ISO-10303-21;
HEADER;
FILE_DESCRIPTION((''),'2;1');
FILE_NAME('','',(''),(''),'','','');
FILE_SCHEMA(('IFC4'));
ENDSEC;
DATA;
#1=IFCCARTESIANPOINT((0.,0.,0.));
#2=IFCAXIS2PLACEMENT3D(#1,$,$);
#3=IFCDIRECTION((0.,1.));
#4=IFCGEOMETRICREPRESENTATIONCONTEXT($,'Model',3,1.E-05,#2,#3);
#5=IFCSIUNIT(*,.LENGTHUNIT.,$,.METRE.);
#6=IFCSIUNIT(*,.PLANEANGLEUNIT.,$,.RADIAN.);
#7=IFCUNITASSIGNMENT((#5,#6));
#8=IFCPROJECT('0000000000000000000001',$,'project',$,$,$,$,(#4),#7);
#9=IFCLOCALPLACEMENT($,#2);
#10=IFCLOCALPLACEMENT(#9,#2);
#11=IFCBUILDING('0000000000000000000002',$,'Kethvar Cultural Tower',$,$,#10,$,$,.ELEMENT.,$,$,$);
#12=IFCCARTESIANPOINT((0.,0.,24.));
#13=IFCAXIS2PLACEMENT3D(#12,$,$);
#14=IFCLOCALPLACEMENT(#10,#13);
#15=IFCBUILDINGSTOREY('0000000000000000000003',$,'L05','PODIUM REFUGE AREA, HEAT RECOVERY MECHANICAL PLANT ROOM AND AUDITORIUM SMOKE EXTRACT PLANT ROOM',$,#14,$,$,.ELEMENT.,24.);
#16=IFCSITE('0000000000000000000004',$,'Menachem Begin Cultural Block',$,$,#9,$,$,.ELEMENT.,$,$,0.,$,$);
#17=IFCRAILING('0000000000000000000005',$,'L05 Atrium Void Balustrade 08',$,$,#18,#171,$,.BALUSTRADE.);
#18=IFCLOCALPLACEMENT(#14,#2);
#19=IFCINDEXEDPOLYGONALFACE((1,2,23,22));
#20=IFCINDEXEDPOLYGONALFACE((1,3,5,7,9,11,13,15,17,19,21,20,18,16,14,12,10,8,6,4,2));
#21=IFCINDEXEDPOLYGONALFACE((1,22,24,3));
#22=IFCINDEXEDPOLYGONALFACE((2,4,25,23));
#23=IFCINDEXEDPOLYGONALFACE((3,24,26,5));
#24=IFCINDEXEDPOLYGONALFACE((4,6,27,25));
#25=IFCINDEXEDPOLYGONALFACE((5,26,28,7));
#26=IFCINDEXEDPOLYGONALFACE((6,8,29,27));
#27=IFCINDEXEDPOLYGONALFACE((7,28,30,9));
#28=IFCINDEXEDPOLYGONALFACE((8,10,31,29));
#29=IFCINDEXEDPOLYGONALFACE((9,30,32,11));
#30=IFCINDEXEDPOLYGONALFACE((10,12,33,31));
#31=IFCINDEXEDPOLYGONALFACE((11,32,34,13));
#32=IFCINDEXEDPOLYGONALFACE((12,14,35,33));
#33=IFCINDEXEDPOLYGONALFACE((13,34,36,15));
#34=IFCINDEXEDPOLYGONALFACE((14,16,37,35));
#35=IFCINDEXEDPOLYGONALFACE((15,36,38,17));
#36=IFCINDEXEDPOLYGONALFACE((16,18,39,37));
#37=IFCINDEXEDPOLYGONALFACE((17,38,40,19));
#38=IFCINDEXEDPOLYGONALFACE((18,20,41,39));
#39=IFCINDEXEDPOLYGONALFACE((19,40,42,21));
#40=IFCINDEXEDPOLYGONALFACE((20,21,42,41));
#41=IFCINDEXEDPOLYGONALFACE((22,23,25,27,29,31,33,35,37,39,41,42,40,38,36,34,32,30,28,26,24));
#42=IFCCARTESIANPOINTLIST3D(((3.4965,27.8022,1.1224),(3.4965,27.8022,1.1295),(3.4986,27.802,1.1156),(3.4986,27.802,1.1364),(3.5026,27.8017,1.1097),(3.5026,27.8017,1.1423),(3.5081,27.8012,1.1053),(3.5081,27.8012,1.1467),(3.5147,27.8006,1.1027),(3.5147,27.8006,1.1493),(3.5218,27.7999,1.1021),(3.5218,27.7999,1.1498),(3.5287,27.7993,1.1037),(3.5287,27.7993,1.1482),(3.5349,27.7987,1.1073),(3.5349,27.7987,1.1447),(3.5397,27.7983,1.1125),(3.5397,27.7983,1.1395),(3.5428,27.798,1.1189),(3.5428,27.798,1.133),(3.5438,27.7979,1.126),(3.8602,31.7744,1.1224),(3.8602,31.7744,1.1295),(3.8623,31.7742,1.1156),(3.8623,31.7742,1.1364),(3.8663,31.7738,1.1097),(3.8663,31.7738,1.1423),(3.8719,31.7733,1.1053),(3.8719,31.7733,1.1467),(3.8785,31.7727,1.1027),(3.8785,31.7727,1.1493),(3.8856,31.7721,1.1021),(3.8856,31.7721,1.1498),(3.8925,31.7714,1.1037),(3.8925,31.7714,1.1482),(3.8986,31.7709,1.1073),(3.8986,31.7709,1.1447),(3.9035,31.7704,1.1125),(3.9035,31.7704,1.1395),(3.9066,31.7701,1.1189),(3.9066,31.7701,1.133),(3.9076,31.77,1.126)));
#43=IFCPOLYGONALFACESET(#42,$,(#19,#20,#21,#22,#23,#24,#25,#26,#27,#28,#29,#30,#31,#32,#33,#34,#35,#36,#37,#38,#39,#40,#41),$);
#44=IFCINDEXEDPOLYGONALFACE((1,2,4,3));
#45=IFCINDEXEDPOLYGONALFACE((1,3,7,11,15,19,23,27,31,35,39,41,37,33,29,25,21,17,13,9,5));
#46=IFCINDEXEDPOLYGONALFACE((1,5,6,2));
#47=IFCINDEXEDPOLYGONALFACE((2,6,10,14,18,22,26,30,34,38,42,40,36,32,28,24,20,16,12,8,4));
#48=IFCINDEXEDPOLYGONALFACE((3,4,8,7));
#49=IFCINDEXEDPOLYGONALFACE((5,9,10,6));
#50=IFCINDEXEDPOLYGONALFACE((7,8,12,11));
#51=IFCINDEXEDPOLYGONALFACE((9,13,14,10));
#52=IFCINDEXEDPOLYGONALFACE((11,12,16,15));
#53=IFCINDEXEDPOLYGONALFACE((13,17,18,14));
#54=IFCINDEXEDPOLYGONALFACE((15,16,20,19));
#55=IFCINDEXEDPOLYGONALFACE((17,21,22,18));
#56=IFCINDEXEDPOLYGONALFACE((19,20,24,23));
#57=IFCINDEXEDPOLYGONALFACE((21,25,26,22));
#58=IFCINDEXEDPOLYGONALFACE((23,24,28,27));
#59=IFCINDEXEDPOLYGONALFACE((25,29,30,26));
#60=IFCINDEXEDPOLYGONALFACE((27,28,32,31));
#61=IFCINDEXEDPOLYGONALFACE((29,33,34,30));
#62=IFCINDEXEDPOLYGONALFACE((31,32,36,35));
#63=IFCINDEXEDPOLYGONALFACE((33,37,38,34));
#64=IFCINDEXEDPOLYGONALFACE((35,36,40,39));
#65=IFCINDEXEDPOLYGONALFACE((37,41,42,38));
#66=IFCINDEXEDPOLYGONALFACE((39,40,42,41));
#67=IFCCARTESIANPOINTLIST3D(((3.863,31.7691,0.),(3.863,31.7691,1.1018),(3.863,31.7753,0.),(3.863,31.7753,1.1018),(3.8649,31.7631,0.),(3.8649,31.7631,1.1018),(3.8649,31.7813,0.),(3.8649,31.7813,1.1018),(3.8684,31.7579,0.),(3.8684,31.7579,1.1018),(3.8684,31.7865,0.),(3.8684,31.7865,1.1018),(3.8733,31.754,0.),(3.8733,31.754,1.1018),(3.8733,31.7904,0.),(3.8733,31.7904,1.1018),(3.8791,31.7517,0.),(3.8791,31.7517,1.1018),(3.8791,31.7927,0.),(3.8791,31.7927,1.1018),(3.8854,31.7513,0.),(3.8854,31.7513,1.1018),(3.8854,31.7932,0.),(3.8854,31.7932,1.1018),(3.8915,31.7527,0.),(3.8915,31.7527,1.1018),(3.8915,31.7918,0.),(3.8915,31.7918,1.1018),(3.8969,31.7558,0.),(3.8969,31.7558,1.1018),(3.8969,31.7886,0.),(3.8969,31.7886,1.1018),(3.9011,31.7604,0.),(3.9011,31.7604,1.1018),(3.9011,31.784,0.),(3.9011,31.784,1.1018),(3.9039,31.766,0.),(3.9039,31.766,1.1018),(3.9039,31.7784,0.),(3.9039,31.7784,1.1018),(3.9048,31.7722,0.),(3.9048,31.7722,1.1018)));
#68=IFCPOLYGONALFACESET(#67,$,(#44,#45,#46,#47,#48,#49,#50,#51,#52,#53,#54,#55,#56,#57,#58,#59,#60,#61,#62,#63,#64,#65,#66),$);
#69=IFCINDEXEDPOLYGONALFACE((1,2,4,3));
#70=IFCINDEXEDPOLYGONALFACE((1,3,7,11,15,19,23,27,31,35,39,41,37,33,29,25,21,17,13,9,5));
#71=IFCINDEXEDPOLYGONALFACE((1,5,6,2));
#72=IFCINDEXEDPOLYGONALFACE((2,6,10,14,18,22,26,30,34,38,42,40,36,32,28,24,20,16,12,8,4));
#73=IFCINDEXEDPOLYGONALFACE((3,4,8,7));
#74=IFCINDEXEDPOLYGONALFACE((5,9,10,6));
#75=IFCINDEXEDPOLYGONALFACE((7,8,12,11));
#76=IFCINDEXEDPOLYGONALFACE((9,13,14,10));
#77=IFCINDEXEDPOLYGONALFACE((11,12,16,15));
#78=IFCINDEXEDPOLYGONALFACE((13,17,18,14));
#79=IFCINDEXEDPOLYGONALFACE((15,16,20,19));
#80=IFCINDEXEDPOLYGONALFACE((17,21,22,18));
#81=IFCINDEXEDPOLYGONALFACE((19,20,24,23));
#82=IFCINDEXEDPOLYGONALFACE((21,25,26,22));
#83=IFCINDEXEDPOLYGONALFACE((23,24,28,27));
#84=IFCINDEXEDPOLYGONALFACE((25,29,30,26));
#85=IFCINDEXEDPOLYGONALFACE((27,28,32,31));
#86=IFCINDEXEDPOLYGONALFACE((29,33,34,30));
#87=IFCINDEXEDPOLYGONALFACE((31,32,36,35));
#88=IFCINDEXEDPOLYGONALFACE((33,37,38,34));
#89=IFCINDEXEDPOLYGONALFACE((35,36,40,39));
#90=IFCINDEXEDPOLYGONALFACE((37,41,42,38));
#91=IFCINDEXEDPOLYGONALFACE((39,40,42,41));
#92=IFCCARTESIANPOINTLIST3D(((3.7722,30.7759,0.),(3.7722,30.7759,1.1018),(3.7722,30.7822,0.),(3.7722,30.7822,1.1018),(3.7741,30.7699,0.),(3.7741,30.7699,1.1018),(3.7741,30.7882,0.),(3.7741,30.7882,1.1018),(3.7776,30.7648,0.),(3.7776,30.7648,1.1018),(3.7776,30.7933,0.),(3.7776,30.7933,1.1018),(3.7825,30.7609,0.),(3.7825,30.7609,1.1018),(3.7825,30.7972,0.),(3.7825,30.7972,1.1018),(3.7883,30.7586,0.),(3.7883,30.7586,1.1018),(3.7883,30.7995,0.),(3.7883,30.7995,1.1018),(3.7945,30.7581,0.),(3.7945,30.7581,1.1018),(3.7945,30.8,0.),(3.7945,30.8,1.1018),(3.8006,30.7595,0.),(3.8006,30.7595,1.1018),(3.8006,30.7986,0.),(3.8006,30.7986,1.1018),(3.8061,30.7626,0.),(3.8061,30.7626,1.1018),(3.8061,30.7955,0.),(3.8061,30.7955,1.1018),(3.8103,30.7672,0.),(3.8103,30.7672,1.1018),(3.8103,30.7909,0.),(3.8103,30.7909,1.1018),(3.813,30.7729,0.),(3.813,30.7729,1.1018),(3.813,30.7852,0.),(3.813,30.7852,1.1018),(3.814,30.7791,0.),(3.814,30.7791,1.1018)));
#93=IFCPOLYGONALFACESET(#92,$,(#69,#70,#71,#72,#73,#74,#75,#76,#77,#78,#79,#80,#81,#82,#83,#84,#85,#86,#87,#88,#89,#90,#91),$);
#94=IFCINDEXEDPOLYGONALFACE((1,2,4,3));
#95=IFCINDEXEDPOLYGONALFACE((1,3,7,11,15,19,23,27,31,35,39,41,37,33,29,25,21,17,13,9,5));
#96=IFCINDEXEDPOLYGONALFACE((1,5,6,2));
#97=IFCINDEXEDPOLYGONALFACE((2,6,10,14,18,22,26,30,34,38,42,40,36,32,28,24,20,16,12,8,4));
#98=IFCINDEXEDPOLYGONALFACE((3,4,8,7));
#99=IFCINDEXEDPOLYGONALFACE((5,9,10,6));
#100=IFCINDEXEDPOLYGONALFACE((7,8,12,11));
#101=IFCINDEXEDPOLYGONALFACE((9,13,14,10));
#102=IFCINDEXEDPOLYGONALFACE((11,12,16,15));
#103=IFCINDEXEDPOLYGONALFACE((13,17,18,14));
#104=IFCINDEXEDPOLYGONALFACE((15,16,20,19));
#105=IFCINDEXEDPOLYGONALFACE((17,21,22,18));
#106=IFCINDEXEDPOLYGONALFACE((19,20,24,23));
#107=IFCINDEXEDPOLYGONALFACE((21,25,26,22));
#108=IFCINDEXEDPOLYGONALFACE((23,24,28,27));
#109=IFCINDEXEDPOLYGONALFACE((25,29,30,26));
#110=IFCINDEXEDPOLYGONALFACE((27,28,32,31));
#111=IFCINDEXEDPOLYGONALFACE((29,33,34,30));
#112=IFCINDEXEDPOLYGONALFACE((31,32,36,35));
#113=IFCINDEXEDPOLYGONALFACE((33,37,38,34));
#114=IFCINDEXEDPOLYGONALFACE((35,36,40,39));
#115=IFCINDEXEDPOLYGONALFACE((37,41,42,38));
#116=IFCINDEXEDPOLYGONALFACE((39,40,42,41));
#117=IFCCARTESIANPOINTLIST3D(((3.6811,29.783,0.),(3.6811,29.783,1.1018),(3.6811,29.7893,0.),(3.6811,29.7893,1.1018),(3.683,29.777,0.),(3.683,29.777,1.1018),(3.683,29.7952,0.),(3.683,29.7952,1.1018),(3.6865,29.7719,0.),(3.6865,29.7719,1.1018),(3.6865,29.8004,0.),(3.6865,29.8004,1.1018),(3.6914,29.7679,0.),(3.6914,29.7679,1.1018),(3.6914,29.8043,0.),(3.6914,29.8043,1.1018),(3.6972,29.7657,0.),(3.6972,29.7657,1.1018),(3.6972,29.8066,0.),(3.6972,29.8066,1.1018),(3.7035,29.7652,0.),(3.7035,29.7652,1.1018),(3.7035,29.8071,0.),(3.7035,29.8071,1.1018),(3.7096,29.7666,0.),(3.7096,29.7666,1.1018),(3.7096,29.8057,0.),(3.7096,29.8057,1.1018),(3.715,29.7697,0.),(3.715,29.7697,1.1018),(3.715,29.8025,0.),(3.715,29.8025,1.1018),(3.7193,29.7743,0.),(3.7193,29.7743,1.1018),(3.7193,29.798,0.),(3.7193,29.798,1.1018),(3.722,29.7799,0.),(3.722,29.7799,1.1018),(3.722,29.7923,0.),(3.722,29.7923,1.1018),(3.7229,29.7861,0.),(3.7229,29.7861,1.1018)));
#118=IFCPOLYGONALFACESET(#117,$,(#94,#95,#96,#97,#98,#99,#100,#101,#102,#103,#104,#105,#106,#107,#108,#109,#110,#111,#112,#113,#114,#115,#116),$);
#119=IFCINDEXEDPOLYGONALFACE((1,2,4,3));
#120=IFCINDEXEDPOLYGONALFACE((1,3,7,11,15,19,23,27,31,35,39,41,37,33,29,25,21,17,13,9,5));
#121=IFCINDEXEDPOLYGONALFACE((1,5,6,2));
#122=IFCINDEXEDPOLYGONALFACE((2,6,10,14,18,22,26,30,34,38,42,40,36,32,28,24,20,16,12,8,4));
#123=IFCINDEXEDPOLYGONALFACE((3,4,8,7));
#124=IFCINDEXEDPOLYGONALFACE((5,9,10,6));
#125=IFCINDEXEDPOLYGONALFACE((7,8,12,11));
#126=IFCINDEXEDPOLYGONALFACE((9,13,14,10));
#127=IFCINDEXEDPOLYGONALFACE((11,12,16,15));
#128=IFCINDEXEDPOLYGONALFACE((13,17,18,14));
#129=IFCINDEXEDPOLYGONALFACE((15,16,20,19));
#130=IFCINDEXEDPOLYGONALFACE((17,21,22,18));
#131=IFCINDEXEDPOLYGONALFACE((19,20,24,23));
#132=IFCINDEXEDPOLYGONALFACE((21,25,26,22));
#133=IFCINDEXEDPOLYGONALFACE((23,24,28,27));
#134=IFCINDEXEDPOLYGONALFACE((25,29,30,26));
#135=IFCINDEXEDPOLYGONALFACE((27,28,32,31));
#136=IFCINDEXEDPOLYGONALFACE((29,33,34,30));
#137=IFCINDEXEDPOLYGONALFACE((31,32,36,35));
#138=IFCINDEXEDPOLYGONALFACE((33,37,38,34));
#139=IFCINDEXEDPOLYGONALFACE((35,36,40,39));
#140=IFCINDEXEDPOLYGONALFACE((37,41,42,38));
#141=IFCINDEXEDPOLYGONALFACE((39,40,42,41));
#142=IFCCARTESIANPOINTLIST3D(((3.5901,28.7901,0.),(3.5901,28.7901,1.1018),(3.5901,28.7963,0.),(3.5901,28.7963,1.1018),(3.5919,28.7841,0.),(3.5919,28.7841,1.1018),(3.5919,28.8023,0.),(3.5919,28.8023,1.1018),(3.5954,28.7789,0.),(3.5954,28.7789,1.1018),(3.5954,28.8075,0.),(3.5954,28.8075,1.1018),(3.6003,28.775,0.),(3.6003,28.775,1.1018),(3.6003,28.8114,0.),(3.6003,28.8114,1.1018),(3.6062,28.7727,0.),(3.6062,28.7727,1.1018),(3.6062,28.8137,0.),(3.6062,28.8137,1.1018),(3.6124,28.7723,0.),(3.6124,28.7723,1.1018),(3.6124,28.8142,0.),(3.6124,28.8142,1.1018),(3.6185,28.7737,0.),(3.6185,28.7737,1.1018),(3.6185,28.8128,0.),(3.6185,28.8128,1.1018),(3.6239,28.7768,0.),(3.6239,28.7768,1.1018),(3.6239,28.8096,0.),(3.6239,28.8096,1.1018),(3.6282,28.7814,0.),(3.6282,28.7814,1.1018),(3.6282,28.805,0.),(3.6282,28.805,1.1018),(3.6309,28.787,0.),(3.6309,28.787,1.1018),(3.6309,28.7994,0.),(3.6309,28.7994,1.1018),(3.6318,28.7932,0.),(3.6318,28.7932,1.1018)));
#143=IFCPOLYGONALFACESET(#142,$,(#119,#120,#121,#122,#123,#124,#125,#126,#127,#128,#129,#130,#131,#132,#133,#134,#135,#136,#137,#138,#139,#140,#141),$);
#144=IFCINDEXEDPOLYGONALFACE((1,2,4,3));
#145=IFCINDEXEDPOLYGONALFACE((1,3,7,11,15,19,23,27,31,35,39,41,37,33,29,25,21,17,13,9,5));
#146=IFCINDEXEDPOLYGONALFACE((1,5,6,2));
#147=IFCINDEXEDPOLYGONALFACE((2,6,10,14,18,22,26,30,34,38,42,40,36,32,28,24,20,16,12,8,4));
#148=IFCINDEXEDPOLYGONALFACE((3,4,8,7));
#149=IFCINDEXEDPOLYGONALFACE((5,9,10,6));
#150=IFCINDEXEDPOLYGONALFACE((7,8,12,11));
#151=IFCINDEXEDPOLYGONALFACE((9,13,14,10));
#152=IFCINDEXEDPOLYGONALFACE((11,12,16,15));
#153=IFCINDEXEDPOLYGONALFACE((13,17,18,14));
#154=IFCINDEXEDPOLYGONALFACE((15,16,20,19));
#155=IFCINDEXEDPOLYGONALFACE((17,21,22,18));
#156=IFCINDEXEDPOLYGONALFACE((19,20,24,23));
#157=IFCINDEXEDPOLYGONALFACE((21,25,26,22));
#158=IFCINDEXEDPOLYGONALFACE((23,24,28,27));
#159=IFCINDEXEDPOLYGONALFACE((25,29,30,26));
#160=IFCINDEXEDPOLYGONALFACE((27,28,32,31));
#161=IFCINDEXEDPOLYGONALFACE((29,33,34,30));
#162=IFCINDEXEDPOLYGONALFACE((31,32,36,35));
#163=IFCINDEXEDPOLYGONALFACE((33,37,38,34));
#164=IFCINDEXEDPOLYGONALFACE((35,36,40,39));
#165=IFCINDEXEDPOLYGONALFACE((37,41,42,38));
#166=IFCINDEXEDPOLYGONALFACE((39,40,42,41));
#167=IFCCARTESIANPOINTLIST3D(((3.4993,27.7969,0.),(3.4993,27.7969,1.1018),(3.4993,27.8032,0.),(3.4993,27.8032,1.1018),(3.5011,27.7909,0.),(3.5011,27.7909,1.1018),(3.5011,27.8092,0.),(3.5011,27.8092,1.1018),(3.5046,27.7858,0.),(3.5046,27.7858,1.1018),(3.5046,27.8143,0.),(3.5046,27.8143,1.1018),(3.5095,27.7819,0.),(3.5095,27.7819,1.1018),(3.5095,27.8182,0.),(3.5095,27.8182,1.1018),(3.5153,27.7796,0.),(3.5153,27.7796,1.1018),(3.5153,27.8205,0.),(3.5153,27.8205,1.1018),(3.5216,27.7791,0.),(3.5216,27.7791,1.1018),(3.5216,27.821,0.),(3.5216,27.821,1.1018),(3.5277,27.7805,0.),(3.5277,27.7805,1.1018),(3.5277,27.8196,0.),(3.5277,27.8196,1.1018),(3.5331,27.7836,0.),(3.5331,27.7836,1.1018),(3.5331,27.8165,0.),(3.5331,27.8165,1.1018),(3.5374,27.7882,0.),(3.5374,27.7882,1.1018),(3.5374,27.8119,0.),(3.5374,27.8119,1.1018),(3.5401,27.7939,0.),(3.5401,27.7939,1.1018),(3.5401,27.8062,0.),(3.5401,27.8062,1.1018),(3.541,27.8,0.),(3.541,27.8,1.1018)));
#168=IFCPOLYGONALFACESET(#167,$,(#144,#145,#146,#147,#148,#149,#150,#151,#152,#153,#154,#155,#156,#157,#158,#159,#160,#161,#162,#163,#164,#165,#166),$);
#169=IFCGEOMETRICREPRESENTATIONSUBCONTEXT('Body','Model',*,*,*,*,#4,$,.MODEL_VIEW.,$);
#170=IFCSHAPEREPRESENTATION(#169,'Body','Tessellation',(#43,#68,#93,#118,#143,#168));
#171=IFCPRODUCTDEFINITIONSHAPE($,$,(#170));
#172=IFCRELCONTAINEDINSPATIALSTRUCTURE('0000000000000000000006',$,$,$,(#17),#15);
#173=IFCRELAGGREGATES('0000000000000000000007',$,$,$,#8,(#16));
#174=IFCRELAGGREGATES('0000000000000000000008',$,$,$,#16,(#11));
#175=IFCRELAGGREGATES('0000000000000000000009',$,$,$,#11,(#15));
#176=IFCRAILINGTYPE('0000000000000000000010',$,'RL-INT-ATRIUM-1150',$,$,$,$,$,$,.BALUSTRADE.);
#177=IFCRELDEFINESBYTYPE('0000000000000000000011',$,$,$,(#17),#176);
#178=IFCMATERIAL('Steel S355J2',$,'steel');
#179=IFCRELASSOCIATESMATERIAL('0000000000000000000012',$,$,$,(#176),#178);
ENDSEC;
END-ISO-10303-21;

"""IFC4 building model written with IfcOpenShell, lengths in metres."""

from ifc_helpers import new_model, si_unit, direction, frame, origin, origin_2d, place, context, subcontext, project, spatial, circle, extrude, material, type_object, element, save


model = new_model("IFC4")

# Units and contexts
model_context = context("Model", 3, precision=1e-05, world=origin(), true_north=direction((0.0, 1.0)))
body_context = subcontext(model_context, "Body", "Model", "MODEL_VIEW")
ifc_project = project(units=[si_unit("LENGTHUNIT", "METRE"), si_unit("PLANEANGLEUNIT", "RADIAN")], contexts=[model_context])

# Site, building, storey
site_placement = place(None, origin())
site = spatial("IfcSite", under=ifc_project, at=site_placement, Name="Menachem Begin Cultural Block", CompositionType="ELEMENT", RefElevation=0.0)
building_placement = place(site_placement, origin())
building = spatial("IfcBuilding", under=site, at=building_placement, Name="Kethvar Cultural Tower", CompositionType="ELEMENT")
storey_placement = place(building_placement, frame((0.0, 0.0, 24.0)))
storey = spatial("IfcBuildingStorey", under=building, at=storey_placement, Name="L05", Description="PODIUM REFUGE AREA, HEAT RECOVERY MECHANICAL PLANT ROOM AND AUDITORIUM SMOKE EXTRACT PLANT ROOM", CompositionType="ELEMENT", Elevation=24.0)

# Shared definitions
ifc_material_1 = material(Name="Steel S355J2", Category="steel")

# Railing
railing_type = type_object("IfcRailingType", Name="RL-INT-ATRIUM-1150", PredefinedType="BALUSTRADE", material=ifc_material_1)
railing_1_placement = place(storey_placement, frame((3.8838, 31.7722, 0.0)))
element("IfcRailing", 1, at=railing_1_placement, inside=storey, type_object=railing_type, Name="L05 Atrium Void Balustrade 08", PredefinedType="BALUSTRADE", context=body_context, shape_type="SweptSolid", body=[
    extrude(circle(Radius=0.0239, at=origin_2d()), frame((0.0, 0.0, 1.126), z_axis=(-0.091198, -0.995833, 0.0), x_axis=(0.995833, -0.091198, 0.0)), (0.0, 0.0, 1.0), 3.9888),
    extrude(circle(Radius=0.021, at=origin_2d()), origin(), (0.0, 0.0, 1.0), 1.1018),
    extrude(circle(Radius=0.021, at=origin_2d()), frame((-0.0908, -0.9932, 0.0)), (0.0, 0.0, 1.0), 1.1018),
    extrude(circle(Radius=0.021, at=origin_2d()), frame((-0.1819, -1.9861, 0.0)), (0.0, 0.0, 1.0), 1.1018),
    extrude(circle(Radius=0.021, at=origin_2d()), frame((-0.2729, -2.979, 0.0)), (0.0, 0.0, 1.0), 1.1018),
    extrude(circle(Radius=0.021, at=origin_2d()), frame((-0.3638, -3.9722, 0.0)), (0.0, 0.0, 1.0), 1.1018),
])

save(model, "model.ifc")
